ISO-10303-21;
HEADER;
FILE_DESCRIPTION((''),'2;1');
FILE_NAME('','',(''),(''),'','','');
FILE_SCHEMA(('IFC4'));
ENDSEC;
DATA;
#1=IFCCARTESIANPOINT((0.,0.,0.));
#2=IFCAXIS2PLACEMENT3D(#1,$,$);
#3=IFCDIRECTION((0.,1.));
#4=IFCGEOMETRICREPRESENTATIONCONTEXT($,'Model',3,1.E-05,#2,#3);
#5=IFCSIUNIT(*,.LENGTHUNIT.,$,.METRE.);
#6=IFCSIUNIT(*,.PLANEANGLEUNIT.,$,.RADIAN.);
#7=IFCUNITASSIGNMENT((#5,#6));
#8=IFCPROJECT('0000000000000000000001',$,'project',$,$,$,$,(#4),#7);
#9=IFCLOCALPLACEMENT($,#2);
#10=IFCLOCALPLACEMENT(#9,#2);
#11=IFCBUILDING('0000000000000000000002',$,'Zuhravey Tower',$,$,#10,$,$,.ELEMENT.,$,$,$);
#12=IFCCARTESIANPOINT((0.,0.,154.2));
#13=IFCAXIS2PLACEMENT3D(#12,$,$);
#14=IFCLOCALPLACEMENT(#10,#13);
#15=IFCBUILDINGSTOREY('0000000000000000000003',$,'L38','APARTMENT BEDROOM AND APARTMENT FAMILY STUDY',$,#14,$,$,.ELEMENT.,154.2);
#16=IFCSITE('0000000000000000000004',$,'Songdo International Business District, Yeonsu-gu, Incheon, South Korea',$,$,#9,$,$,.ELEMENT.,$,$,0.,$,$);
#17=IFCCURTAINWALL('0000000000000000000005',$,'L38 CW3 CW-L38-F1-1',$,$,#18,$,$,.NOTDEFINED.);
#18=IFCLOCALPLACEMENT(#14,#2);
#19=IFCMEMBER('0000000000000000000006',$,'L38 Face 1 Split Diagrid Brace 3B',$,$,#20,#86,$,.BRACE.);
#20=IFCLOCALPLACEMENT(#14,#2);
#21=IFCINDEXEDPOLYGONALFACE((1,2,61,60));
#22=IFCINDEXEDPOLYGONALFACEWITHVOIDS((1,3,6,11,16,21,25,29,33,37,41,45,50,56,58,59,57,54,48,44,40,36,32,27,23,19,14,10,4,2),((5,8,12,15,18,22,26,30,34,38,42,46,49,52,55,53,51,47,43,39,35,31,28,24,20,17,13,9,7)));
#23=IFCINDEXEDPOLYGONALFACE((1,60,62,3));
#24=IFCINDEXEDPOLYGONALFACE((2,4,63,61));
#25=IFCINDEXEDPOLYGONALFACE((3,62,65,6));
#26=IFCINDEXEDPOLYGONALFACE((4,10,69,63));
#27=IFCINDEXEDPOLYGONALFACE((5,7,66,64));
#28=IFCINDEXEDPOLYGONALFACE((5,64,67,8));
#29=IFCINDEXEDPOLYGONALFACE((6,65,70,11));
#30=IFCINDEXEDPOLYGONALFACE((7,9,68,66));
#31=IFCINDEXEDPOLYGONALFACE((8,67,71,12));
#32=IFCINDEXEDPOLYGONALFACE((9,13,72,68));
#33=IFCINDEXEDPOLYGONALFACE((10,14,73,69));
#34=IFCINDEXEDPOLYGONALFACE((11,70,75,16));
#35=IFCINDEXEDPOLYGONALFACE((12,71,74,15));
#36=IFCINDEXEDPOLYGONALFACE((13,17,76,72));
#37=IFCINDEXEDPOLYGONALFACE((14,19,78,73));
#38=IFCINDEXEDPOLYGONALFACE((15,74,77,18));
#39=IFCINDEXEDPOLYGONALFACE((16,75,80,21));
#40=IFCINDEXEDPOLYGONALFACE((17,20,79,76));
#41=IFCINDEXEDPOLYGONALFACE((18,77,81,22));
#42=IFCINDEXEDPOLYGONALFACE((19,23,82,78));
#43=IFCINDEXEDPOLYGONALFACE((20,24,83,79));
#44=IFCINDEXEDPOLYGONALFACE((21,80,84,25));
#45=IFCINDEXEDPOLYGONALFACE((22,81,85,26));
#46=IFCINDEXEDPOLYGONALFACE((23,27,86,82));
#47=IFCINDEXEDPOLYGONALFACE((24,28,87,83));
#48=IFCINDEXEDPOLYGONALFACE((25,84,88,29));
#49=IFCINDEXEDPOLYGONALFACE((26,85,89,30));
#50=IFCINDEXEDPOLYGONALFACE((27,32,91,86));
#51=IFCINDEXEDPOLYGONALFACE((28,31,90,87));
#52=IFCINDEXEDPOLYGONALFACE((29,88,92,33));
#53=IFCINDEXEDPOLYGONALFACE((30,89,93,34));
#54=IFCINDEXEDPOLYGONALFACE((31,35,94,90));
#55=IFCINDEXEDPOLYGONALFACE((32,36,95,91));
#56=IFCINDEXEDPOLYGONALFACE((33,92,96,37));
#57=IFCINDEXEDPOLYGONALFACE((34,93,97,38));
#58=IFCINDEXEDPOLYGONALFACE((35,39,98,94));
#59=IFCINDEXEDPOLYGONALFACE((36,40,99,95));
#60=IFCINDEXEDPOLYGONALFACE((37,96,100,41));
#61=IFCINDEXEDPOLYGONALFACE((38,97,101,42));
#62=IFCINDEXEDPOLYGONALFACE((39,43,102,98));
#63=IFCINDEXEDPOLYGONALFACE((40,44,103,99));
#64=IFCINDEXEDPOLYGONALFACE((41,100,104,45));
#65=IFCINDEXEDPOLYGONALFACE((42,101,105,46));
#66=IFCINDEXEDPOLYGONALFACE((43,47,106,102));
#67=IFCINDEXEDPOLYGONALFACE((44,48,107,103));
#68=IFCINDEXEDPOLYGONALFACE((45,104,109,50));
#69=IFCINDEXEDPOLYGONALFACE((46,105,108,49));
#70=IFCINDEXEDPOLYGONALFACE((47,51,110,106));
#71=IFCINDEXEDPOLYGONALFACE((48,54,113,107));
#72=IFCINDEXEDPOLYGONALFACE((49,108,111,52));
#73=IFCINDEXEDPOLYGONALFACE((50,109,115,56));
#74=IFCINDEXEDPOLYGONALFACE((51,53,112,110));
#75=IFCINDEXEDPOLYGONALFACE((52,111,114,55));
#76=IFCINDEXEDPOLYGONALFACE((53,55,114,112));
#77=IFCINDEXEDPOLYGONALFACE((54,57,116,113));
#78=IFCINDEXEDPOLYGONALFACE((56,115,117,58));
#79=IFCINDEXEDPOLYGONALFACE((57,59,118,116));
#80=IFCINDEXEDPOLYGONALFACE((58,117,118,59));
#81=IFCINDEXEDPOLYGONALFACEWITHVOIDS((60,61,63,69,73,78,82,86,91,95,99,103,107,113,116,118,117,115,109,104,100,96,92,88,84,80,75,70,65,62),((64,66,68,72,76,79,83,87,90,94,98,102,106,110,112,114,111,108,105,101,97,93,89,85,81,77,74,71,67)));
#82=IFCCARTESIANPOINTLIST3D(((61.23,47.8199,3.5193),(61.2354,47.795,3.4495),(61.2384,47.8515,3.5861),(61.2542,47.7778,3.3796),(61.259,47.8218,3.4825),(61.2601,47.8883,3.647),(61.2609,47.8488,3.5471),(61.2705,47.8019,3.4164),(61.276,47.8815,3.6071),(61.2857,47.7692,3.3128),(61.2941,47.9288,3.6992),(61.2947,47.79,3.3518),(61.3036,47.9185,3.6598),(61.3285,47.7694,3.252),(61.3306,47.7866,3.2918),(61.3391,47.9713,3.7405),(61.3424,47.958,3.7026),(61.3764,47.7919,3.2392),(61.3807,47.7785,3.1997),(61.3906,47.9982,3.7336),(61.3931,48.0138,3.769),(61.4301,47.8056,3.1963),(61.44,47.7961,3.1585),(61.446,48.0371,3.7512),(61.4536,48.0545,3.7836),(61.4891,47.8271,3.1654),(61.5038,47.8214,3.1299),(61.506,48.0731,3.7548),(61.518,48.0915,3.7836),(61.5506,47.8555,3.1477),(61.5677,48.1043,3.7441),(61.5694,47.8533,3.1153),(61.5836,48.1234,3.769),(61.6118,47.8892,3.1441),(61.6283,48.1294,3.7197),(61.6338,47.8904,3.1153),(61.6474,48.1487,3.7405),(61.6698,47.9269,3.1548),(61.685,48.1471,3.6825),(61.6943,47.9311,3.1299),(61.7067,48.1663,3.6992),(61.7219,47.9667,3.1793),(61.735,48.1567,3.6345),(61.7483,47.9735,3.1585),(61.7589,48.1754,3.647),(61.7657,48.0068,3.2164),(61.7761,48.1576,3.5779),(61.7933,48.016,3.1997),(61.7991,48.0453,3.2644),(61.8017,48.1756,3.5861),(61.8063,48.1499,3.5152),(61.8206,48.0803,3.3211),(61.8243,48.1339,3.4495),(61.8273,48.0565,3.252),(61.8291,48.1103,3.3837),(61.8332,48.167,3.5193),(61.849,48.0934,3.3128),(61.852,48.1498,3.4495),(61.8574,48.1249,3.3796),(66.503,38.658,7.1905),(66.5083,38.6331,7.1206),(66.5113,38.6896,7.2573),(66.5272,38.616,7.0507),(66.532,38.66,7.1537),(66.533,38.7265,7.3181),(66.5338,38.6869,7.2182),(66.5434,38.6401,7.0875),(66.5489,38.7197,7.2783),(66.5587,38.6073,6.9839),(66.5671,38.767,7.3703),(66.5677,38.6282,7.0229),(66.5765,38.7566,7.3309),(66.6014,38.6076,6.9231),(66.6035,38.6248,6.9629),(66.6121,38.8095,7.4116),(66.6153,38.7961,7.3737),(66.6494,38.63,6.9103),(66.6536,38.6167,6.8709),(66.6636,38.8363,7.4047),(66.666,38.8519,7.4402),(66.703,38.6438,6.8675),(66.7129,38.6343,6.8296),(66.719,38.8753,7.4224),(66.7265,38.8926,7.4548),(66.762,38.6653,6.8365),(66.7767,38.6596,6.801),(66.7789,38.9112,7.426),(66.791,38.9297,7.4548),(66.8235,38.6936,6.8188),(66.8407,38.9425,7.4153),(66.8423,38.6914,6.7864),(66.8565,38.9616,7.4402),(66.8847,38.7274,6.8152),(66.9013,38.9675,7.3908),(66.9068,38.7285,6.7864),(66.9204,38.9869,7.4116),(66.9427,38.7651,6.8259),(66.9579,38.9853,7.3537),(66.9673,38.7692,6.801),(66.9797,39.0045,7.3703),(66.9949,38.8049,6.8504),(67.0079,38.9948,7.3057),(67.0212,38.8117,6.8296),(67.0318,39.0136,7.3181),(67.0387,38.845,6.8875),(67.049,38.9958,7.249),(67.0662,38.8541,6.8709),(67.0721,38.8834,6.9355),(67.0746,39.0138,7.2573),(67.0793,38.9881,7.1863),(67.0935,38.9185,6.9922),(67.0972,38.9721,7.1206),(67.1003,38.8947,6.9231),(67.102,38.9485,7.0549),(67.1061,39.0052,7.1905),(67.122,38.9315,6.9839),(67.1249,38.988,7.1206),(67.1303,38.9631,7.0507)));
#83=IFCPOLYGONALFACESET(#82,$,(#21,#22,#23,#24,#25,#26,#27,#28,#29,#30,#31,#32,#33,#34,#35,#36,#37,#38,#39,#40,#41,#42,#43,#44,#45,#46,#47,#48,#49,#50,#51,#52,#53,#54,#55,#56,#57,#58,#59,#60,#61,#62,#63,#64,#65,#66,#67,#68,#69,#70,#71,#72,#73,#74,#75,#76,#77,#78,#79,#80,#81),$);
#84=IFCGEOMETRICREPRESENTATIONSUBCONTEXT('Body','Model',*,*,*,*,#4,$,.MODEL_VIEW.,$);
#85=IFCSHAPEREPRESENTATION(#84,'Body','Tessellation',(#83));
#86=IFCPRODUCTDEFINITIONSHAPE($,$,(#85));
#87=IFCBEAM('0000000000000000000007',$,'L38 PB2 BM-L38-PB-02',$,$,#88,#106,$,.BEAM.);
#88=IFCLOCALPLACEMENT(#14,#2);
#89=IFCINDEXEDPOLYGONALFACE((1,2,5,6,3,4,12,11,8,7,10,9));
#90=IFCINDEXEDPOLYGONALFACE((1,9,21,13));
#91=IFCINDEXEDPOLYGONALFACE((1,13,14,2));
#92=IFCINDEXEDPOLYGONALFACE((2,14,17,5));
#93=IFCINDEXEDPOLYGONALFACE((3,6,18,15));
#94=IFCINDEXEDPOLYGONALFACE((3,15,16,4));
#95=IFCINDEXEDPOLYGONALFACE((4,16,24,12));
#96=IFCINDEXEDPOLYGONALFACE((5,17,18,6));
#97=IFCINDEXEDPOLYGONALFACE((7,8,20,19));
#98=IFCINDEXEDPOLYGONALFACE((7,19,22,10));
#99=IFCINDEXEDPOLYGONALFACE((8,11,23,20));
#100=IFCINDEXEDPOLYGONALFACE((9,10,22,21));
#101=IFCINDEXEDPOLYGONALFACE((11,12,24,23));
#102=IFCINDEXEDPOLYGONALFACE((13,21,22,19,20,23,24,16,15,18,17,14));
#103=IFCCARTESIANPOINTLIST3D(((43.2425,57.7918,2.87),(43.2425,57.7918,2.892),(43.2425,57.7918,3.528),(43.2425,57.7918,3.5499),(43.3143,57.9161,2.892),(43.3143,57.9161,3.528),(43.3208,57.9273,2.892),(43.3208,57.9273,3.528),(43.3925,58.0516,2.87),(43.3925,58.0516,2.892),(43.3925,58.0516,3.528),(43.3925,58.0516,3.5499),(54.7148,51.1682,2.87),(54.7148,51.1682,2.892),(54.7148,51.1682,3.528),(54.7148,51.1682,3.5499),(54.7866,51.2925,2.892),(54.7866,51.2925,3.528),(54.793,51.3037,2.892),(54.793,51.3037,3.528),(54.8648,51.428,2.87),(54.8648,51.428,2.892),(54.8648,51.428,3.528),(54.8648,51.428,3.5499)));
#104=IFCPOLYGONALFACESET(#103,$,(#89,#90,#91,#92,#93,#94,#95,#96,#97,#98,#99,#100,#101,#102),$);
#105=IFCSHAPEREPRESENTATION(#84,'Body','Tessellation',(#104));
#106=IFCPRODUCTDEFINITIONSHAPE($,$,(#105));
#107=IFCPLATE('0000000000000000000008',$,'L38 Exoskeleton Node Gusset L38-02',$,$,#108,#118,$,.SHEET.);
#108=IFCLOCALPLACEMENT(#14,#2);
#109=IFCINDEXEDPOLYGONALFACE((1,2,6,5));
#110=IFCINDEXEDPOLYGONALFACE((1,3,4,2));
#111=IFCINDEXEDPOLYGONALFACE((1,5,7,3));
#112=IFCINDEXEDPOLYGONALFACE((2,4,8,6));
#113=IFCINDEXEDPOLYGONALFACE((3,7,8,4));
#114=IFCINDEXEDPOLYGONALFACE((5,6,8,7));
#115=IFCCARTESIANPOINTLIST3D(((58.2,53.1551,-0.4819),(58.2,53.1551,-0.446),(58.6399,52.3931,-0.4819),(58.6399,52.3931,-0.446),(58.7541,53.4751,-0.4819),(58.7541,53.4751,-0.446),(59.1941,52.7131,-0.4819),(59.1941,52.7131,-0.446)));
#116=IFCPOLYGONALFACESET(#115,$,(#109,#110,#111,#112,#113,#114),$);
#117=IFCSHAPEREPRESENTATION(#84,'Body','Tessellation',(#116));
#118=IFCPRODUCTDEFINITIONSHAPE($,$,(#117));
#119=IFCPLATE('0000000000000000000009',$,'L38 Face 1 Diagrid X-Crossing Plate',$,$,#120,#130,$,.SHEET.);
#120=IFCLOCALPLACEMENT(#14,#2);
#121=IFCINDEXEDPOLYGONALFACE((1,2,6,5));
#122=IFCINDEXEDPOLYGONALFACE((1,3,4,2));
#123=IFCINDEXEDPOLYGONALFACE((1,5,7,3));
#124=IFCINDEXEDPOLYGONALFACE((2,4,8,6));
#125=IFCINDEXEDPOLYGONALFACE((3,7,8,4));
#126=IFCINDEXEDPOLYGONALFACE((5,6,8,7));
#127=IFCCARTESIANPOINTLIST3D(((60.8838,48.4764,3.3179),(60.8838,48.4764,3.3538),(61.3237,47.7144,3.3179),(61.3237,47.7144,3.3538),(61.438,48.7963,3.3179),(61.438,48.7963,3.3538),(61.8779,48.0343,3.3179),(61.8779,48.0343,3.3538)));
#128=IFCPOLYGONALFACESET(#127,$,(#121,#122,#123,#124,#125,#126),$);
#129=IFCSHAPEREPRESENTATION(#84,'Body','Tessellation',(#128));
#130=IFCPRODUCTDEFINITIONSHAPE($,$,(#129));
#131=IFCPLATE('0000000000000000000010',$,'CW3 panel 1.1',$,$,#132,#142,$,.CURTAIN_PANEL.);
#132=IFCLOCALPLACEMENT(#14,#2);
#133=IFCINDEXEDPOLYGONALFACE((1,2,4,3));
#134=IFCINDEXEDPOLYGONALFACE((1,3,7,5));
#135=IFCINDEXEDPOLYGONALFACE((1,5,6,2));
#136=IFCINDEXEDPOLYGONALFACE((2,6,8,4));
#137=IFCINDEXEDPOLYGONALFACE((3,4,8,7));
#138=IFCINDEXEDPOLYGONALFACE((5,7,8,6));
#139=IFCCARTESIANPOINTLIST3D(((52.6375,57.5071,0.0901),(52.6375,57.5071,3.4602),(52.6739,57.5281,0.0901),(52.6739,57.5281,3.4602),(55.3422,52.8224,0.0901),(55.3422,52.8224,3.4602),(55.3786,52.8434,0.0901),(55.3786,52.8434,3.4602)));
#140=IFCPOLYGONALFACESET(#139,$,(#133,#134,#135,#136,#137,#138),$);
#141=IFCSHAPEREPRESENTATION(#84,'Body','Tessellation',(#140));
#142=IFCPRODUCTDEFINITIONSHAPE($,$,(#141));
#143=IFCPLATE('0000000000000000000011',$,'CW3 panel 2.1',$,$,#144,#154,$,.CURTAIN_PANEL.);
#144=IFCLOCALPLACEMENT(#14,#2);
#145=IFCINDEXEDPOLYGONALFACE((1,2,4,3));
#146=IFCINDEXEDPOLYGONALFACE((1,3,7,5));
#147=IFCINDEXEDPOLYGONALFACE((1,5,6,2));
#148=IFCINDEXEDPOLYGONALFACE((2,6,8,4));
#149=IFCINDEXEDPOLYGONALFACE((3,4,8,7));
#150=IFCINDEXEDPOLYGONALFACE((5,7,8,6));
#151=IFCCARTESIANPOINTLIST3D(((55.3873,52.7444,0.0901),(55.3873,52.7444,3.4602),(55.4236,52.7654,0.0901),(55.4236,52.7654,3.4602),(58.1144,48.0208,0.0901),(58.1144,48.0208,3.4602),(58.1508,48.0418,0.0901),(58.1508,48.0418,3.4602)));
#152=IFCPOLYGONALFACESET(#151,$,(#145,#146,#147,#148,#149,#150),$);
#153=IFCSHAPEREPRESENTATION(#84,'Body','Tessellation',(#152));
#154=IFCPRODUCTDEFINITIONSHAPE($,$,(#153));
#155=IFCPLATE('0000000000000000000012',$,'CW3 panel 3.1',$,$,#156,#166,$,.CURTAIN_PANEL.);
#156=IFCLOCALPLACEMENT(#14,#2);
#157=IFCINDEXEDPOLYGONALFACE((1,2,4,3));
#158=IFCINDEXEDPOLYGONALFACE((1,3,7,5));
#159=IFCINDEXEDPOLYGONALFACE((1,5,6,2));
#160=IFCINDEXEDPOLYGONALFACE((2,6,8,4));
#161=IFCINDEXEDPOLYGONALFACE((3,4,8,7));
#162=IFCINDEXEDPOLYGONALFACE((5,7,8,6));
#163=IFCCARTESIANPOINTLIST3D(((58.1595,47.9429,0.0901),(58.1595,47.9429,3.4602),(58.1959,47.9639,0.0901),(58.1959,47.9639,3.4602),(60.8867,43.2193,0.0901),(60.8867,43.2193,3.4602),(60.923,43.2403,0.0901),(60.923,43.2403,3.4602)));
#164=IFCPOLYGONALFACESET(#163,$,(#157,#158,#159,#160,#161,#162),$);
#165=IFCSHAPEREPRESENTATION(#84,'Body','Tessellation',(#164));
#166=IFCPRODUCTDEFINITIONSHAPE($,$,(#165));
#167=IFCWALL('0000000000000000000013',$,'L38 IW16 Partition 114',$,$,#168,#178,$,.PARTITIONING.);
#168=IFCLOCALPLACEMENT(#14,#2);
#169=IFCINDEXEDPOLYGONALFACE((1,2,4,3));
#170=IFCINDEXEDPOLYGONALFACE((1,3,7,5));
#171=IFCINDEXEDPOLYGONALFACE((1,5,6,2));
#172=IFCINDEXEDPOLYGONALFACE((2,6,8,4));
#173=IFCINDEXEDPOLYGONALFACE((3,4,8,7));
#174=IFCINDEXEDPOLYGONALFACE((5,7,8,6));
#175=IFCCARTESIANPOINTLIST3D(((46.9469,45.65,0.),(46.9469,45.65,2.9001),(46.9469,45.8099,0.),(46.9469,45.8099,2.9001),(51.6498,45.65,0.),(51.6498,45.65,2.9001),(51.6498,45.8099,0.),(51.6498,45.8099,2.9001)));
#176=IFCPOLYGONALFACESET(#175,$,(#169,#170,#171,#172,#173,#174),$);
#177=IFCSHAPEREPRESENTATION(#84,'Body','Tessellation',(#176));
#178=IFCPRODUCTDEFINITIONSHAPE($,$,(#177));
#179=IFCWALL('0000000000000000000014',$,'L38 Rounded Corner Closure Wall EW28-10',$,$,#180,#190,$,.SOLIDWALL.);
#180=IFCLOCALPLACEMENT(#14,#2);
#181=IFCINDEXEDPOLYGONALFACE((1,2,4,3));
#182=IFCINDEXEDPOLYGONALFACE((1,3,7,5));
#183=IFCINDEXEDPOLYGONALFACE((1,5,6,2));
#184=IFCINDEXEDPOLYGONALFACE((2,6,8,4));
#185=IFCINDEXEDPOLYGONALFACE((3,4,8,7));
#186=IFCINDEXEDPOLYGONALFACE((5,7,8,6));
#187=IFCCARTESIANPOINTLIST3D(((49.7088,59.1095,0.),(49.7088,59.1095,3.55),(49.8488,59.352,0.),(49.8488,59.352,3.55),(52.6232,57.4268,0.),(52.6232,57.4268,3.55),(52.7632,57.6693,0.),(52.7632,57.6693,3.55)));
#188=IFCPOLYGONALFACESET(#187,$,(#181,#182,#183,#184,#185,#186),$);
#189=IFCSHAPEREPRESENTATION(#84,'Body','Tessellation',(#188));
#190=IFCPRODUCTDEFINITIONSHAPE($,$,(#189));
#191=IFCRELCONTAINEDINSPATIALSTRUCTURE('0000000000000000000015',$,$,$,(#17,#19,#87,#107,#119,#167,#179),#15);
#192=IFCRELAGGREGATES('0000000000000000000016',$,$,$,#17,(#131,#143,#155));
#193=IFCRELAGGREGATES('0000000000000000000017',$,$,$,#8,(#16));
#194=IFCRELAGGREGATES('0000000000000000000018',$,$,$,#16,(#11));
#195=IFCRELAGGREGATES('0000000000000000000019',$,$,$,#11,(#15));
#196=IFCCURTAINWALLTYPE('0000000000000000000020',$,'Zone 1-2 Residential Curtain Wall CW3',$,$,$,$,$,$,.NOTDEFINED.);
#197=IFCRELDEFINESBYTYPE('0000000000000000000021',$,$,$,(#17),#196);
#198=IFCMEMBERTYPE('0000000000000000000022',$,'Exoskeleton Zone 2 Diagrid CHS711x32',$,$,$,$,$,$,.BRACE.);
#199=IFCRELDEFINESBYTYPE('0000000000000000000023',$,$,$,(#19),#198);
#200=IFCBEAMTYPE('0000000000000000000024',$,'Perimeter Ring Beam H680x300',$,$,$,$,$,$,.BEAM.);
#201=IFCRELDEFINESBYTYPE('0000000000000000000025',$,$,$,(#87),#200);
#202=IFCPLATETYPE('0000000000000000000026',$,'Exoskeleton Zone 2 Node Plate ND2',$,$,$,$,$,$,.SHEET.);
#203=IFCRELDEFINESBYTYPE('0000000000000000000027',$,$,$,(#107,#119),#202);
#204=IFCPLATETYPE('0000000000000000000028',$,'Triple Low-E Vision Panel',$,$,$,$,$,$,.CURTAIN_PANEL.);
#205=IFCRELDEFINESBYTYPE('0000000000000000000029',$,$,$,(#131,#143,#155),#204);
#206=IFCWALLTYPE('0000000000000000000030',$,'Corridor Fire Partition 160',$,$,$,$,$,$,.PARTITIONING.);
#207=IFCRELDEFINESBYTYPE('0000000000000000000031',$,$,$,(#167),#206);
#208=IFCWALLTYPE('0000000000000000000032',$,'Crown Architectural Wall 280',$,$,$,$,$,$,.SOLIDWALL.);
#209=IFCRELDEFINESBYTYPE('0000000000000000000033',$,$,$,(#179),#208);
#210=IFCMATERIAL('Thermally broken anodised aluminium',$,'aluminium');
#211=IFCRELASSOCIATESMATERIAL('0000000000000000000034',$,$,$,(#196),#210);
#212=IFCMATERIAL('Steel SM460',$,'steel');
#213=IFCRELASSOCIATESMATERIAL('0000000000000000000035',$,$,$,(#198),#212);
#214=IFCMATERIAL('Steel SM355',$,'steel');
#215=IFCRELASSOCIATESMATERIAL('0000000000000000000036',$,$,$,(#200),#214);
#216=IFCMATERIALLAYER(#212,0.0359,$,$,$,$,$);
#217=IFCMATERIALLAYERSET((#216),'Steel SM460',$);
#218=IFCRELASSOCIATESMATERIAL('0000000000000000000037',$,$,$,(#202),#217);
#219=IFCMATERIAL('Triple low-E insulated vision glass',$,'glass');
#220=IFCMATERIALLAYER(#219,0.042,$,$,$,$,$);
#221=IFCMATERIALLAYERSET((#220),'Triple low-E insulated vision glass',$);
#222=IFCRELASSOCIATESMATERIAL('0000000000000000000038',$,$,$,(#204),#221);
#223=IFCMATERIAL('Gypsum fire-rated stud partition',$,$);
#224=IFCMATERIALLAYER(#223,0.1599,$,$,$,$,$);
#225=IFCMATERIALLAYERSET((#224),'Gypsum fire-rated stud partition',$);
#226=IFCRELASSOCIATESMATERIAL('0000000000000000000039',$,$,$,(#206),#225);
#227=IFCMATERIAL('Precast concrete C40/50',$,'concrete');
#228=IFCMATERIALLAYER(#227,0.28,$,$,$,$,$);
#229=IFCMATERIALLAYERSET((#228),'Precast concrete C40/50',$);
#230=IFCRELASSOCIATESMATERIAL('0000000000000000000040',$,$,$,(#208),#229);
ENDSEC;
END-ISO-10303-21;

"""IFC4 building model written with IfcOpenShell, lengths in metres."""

from ifc_helpers import new_model, si_unit, direction, frame, frame_2d, origin, origin_2d, place, context, subcontext, project, spatial, rectangle, hollow_circle, i_section, extrude, material, layer, layer_set, material_profile, profile_set, type_object, element, aggregate, save


model = new_model("IFC4")

# Units and contexts
model_context = context("Model", 3, precision=1e-05, world=origin(), true_north=direction((0.0, 1.0)))
body_context = subcontext(model_context, "Body", "Model", "MODEL_VIEW")
ifc_project = project(units=[si_unit("LENGTHUNIT", "METRE"), si_unit("PLANEANGLEUNIT", "RADIAN")], contexts=[model_context])

# Site, building, storey
site_placement = place(None, origin())
site = spatial("IfcSite", under=ifc_project, at=site_placement, Name="Songdo International Business District, Yeonsu-gu, Incheon, South Korea", CompositionType="ELEMENT", RefElevation=0.0)
building_placement = place(site_placement, origin())
building = spatial("IfcBuilding", under=site, at=building_placement, Name="Zuhravey Tower", CompositionType="ELEMENT")
storey_placement = place(building_placement, frame((0.0, 0.0, 154.2)))
storey = spatial("IfcBuildingStorey", under=building, at=storey_placement, Name="L38", Description="APARTMENT BEDROOM AND APARTMENT FAMILY STUDY", CompositionType="ELEMENT", Elevation=154.2)

# Shared definitions
ifc_material_1 = material(Name="Thermally broken anodised aluminium", Category="aluminium")
curtain_wall_type = type_object("IfcCurtainWallType", Name="Zone 1-2 Residential Curtain Wall CW3", PredefinedType="NOTDEFINED", material=ifc_material_1)

# Curtain wall
curtain_wall_1_placement = place(storey_placement, origin())
curtain_wall_1 = element("IfcCurtainWall", 1, at=curtain_wall_1_placement, inside=storey, type_object=curtain_wall_type, Name="L38 CW3 CW-L38-F1-1", PredefinedType="NOTDEFINED")

# Member
ifc_material_2 = material(Name="Steel SM460", Category="steel")
ifc_material_profile_1 = material_profile(ifc_material_2, hollow_circle(Radius=0.3557, WallThickness=0.032, at=origin_2d()), Name="CHS-711.2x32")
ifc_profile_set_1 = profile_set([ifc_material_profile_1], Name="Steel SM460")
member_type_1 = type_object("IfcMemberType", Name="Exoskeleton Zone 2 Diagrid CHS711x32", PredefinedType="BRACE", material=ifc_profile_set_1)
member_1_placement = place(storey_placement, frame((61.5437, 47.9724, 3.4495), z_axis=(0.47121, -0.818739, 0.328067), x_axis=(0.866707, 0.498818, 0.0)))
element("IfcMember", 2, at=member_1_placement, inside=storey, type_object=member_type_1, Name="L38 Face 1 Split Diagrid Brace 3B", PredefinedType="BRACE", context=body_context, shape_type="SweptSolid", body=[
    extrude(hollow_circle(Radius=0.3557, WallThickness=0.032, at=origin_2d()), origin(), (0.0, 0.0, 1.0), 11.1902),
])

# Beam
ifc_material_3 = material(Name="Steel SM355", Category="steel")
ifc_material_profile_2 = material_profile(ifc_material_3, i_section(OverallWidth=0.3, OverallDepth=0.6799, WebThickness=0.0129, FlangeThickness=0.022, at=origin_2d()), Name="H-680x300x13x22")
ifc_profile_set_2 = profile_set([ifc_material_profile_2], Name="Steel SM355")
beam_type = type_object("IfcBeamType", Name="Perimeter Ring Beam H680x300", PredefinedType="BEAM", material=ifc_profile_set_2)
beam_placement = place(storey_placement, frame((54.7898, 51.2981, 3.21), z_axis=(-0.866023, 0.500004, 0.0), x_axis=(-0.500004, -0.866023, 0.0)))
element("IfcBeam", 3, at=beam_placement, inside=storey, type_object=beam_type, Name="L38 PB2 BM-L38-PB-02", PredefinedType="BEAM", context=body_context, shape_type="SweptSolid", body=[
    extrude(i_section(OverallWidth=0.3, OverallDepth=0.6799, WebThickness=0.0129, FlangeThickness=0.022, at=origin_2d()), origin(), (0.0, 0.0, 1.0), 13.2471),
])

# Plates
ifc_layer_1 = layer(ifc_material_2, 0.0359)
ifc_layer_set_1 = layer_set([ifc_layer_1], Name="Steel SM460")
plate_type_1 = type_object("IfcPlateType", Name="Exoskeleton Zone 2 Node Plate ND2", PredefinedType="SHEET", material=ifc_layer_set_1)
for number, where, z_axis, x_axis, name in (
    (4, (58.697, 52.9341, -0.4819), (0.0, 0.0, 1.0), (-0.5, 0.866025, 0.0), "L38 Exoskeleton Node Gusset L38-02"),
    (5, (61.3809, 48.2554, 3.3179), (0.0, 0.0, 1.0), (-0.5, 0.866025, 0.0), "L38 Face 1 Diagrid X-Crossing Plate"),
):
    element("IfcPlate", number, at=place(storey_placement, frame(where, z_axis=z_axis, x_axis=x_axis)), inside=storey, type_object=plate_type_1, Name=name, PredefinedType="SHEET", context=body_context, shape_type="SweptSolid", body=[
        extrude(rectangle(XDim=0.8799, YDim=0.6399, at=origin_2d()), origin(), (0.0, 0.0, 1.0), 0.0359),
    ])

# Plates
ifc_material_4 = material(Name="Triple low-E insulated vision glass", Category="glass")
ifc_layer_2 = layer(ifc_material_4, 0.042)
ifc_layer_set_2 = layer_set([ifc_layer_2], Name="Triple low-E insulated vision glass")
plate_type_2 = type_object("IfcPlateType", Name="Triple Low-E Vision Panel", PredefinedType="CURTAIN_PANEL", material=ifc_layer_set_2)
plate_1_placement = place(storey_placement, frame((54.0081, 55.1753, 0.0901), z_axis=(0.0, 0.0, 1.0), x_axis=(0.5, -0.866025, 0.0)))
plate_1 = element("IfcPlate", 6, at=plate_1_placement, type_object=plate_type_2, Name="CW3 panel 1.1", PredefinedType="CURTAIN_PANEL", context=body_context, shape_type="SweptSolid", body=[
    extrude(rectangle(XDim=5.4094, YDim=0.042, at=origin_2d()), origin(), (0.0, 0.0, 1.0), 3.3701),
])
plate_2_placement = place(storey_placement, frame((56.769, 50.3931, 0.0901), z_axis=(0.0, 0.0, 1.0), x_axis=(0.5, -0.866025, 0.0)))
plate_2 = element("IfcPlate", 7, at=plate_2_placement, type_object=plate_type_2, Name="CW3 panel 2.1", PredefinedType="CURTAIN_PANEL", context=body_context, shape_type="SweptSolid", body=[
    extrude(rectangle(XDim=5.4543, YDim=0.042, at=origin_2d()), origin(), (0.0, 0.0, 1.0), 3.3701),
])
plate_3_placement = place(storey_placement, frame((59.5413, 45.5916, 0.0901), z_axis=(0.0, 0.0, 1.0), x_axis=(0.5, -0.866025, 0.0)))
plate_3 = element("IfcPlate", 8, at=plate_3_placement, type_object=plate_type_2, Name="CW3 panel 3.1", PredefinedType="CURTAIN_PANEL", context=body_context, shape_type="SweptSolid", body=[
    extrude(rectangle(XDim=5.4543, YDim=0.042, at=origin_2d()), origin(), (0.0, 0.0, 1.0), 3.3701),
])
aggregate(curtain_wall_1, [plate_1, plate_2, plate_3])

# Walls
ifc_material_5 = material(Name="Gypsum fire-rated stud partition")
ifc_layer_3 = layer(ifc_material_5, 0.1599)
ifc_layer_set_3 = layer_set([ifc_layer_3], Name="Gypsum fire-rated stud partition")
wall_type_1 = type_object("IfcWallType", Name="Corridor Fire Partition 160", PredefinedType="PARTITIONING", material=ifc_layer_set_3)
wall_1_placement = place(storey_placement, frame((51.6499, 45.73, 0.0), z_axis=(0.0, 0.0, 1.0), x_axis=(-1.0, 0.0, 0.0)))
element("IfcWall", 9, at=wall_1_placement, inside=storey, type_object=wall_type_1, Name="L38 IW16 Partition 114", PredefinedType="PARTITIONING", context=body_context, shape_type="SweptSolid", body=[
    extrude(rectangle(XDim=4.7029, YDim=0.1599, at=frame_2d((2.3516, 0.0))), origin(), (0.0, 0.0, 1.0), 2.9001),
])
ifc_material_6 = material(Name="Precast concrete C40/50", Category="concrete")
ifc_layer_4 = layer(ifc_material_6, 0.28)
ifc_layer_set_4 = layer_set([ifc_layer_4], Name="Precast concrete C40/50")
wall_type_2 = type_object("IfcWallType", Name="Crown Architectural Wall 280", PredefinedType="SOLIDWALL", material=ifc_layer_set_4)
wall_2_placement = place(storey_placement, frame((49.7788, 59.2307, 0.0), z_axis=(0.0, 0.0, 1.0), x_axis=(0.86602, -0.500009, 0.0)))
element("IfcWall", 10, at=wall_2_placement, inside=storey, type_object=wall_type_2, Name="L38 Rounded Corner Closure Wall EW28-10", PredefinedType="SOLIDWALL", context=body_context, shape_type="SweptSolid", body=[
    extrude(rectangle(XDim=3.3652, YDim=0.28, at=frame_2d((1.6826, 0.0))), origin(), (0.0, 0.0, 1.0), 3.55),
])

save(model, "model.ifc")
